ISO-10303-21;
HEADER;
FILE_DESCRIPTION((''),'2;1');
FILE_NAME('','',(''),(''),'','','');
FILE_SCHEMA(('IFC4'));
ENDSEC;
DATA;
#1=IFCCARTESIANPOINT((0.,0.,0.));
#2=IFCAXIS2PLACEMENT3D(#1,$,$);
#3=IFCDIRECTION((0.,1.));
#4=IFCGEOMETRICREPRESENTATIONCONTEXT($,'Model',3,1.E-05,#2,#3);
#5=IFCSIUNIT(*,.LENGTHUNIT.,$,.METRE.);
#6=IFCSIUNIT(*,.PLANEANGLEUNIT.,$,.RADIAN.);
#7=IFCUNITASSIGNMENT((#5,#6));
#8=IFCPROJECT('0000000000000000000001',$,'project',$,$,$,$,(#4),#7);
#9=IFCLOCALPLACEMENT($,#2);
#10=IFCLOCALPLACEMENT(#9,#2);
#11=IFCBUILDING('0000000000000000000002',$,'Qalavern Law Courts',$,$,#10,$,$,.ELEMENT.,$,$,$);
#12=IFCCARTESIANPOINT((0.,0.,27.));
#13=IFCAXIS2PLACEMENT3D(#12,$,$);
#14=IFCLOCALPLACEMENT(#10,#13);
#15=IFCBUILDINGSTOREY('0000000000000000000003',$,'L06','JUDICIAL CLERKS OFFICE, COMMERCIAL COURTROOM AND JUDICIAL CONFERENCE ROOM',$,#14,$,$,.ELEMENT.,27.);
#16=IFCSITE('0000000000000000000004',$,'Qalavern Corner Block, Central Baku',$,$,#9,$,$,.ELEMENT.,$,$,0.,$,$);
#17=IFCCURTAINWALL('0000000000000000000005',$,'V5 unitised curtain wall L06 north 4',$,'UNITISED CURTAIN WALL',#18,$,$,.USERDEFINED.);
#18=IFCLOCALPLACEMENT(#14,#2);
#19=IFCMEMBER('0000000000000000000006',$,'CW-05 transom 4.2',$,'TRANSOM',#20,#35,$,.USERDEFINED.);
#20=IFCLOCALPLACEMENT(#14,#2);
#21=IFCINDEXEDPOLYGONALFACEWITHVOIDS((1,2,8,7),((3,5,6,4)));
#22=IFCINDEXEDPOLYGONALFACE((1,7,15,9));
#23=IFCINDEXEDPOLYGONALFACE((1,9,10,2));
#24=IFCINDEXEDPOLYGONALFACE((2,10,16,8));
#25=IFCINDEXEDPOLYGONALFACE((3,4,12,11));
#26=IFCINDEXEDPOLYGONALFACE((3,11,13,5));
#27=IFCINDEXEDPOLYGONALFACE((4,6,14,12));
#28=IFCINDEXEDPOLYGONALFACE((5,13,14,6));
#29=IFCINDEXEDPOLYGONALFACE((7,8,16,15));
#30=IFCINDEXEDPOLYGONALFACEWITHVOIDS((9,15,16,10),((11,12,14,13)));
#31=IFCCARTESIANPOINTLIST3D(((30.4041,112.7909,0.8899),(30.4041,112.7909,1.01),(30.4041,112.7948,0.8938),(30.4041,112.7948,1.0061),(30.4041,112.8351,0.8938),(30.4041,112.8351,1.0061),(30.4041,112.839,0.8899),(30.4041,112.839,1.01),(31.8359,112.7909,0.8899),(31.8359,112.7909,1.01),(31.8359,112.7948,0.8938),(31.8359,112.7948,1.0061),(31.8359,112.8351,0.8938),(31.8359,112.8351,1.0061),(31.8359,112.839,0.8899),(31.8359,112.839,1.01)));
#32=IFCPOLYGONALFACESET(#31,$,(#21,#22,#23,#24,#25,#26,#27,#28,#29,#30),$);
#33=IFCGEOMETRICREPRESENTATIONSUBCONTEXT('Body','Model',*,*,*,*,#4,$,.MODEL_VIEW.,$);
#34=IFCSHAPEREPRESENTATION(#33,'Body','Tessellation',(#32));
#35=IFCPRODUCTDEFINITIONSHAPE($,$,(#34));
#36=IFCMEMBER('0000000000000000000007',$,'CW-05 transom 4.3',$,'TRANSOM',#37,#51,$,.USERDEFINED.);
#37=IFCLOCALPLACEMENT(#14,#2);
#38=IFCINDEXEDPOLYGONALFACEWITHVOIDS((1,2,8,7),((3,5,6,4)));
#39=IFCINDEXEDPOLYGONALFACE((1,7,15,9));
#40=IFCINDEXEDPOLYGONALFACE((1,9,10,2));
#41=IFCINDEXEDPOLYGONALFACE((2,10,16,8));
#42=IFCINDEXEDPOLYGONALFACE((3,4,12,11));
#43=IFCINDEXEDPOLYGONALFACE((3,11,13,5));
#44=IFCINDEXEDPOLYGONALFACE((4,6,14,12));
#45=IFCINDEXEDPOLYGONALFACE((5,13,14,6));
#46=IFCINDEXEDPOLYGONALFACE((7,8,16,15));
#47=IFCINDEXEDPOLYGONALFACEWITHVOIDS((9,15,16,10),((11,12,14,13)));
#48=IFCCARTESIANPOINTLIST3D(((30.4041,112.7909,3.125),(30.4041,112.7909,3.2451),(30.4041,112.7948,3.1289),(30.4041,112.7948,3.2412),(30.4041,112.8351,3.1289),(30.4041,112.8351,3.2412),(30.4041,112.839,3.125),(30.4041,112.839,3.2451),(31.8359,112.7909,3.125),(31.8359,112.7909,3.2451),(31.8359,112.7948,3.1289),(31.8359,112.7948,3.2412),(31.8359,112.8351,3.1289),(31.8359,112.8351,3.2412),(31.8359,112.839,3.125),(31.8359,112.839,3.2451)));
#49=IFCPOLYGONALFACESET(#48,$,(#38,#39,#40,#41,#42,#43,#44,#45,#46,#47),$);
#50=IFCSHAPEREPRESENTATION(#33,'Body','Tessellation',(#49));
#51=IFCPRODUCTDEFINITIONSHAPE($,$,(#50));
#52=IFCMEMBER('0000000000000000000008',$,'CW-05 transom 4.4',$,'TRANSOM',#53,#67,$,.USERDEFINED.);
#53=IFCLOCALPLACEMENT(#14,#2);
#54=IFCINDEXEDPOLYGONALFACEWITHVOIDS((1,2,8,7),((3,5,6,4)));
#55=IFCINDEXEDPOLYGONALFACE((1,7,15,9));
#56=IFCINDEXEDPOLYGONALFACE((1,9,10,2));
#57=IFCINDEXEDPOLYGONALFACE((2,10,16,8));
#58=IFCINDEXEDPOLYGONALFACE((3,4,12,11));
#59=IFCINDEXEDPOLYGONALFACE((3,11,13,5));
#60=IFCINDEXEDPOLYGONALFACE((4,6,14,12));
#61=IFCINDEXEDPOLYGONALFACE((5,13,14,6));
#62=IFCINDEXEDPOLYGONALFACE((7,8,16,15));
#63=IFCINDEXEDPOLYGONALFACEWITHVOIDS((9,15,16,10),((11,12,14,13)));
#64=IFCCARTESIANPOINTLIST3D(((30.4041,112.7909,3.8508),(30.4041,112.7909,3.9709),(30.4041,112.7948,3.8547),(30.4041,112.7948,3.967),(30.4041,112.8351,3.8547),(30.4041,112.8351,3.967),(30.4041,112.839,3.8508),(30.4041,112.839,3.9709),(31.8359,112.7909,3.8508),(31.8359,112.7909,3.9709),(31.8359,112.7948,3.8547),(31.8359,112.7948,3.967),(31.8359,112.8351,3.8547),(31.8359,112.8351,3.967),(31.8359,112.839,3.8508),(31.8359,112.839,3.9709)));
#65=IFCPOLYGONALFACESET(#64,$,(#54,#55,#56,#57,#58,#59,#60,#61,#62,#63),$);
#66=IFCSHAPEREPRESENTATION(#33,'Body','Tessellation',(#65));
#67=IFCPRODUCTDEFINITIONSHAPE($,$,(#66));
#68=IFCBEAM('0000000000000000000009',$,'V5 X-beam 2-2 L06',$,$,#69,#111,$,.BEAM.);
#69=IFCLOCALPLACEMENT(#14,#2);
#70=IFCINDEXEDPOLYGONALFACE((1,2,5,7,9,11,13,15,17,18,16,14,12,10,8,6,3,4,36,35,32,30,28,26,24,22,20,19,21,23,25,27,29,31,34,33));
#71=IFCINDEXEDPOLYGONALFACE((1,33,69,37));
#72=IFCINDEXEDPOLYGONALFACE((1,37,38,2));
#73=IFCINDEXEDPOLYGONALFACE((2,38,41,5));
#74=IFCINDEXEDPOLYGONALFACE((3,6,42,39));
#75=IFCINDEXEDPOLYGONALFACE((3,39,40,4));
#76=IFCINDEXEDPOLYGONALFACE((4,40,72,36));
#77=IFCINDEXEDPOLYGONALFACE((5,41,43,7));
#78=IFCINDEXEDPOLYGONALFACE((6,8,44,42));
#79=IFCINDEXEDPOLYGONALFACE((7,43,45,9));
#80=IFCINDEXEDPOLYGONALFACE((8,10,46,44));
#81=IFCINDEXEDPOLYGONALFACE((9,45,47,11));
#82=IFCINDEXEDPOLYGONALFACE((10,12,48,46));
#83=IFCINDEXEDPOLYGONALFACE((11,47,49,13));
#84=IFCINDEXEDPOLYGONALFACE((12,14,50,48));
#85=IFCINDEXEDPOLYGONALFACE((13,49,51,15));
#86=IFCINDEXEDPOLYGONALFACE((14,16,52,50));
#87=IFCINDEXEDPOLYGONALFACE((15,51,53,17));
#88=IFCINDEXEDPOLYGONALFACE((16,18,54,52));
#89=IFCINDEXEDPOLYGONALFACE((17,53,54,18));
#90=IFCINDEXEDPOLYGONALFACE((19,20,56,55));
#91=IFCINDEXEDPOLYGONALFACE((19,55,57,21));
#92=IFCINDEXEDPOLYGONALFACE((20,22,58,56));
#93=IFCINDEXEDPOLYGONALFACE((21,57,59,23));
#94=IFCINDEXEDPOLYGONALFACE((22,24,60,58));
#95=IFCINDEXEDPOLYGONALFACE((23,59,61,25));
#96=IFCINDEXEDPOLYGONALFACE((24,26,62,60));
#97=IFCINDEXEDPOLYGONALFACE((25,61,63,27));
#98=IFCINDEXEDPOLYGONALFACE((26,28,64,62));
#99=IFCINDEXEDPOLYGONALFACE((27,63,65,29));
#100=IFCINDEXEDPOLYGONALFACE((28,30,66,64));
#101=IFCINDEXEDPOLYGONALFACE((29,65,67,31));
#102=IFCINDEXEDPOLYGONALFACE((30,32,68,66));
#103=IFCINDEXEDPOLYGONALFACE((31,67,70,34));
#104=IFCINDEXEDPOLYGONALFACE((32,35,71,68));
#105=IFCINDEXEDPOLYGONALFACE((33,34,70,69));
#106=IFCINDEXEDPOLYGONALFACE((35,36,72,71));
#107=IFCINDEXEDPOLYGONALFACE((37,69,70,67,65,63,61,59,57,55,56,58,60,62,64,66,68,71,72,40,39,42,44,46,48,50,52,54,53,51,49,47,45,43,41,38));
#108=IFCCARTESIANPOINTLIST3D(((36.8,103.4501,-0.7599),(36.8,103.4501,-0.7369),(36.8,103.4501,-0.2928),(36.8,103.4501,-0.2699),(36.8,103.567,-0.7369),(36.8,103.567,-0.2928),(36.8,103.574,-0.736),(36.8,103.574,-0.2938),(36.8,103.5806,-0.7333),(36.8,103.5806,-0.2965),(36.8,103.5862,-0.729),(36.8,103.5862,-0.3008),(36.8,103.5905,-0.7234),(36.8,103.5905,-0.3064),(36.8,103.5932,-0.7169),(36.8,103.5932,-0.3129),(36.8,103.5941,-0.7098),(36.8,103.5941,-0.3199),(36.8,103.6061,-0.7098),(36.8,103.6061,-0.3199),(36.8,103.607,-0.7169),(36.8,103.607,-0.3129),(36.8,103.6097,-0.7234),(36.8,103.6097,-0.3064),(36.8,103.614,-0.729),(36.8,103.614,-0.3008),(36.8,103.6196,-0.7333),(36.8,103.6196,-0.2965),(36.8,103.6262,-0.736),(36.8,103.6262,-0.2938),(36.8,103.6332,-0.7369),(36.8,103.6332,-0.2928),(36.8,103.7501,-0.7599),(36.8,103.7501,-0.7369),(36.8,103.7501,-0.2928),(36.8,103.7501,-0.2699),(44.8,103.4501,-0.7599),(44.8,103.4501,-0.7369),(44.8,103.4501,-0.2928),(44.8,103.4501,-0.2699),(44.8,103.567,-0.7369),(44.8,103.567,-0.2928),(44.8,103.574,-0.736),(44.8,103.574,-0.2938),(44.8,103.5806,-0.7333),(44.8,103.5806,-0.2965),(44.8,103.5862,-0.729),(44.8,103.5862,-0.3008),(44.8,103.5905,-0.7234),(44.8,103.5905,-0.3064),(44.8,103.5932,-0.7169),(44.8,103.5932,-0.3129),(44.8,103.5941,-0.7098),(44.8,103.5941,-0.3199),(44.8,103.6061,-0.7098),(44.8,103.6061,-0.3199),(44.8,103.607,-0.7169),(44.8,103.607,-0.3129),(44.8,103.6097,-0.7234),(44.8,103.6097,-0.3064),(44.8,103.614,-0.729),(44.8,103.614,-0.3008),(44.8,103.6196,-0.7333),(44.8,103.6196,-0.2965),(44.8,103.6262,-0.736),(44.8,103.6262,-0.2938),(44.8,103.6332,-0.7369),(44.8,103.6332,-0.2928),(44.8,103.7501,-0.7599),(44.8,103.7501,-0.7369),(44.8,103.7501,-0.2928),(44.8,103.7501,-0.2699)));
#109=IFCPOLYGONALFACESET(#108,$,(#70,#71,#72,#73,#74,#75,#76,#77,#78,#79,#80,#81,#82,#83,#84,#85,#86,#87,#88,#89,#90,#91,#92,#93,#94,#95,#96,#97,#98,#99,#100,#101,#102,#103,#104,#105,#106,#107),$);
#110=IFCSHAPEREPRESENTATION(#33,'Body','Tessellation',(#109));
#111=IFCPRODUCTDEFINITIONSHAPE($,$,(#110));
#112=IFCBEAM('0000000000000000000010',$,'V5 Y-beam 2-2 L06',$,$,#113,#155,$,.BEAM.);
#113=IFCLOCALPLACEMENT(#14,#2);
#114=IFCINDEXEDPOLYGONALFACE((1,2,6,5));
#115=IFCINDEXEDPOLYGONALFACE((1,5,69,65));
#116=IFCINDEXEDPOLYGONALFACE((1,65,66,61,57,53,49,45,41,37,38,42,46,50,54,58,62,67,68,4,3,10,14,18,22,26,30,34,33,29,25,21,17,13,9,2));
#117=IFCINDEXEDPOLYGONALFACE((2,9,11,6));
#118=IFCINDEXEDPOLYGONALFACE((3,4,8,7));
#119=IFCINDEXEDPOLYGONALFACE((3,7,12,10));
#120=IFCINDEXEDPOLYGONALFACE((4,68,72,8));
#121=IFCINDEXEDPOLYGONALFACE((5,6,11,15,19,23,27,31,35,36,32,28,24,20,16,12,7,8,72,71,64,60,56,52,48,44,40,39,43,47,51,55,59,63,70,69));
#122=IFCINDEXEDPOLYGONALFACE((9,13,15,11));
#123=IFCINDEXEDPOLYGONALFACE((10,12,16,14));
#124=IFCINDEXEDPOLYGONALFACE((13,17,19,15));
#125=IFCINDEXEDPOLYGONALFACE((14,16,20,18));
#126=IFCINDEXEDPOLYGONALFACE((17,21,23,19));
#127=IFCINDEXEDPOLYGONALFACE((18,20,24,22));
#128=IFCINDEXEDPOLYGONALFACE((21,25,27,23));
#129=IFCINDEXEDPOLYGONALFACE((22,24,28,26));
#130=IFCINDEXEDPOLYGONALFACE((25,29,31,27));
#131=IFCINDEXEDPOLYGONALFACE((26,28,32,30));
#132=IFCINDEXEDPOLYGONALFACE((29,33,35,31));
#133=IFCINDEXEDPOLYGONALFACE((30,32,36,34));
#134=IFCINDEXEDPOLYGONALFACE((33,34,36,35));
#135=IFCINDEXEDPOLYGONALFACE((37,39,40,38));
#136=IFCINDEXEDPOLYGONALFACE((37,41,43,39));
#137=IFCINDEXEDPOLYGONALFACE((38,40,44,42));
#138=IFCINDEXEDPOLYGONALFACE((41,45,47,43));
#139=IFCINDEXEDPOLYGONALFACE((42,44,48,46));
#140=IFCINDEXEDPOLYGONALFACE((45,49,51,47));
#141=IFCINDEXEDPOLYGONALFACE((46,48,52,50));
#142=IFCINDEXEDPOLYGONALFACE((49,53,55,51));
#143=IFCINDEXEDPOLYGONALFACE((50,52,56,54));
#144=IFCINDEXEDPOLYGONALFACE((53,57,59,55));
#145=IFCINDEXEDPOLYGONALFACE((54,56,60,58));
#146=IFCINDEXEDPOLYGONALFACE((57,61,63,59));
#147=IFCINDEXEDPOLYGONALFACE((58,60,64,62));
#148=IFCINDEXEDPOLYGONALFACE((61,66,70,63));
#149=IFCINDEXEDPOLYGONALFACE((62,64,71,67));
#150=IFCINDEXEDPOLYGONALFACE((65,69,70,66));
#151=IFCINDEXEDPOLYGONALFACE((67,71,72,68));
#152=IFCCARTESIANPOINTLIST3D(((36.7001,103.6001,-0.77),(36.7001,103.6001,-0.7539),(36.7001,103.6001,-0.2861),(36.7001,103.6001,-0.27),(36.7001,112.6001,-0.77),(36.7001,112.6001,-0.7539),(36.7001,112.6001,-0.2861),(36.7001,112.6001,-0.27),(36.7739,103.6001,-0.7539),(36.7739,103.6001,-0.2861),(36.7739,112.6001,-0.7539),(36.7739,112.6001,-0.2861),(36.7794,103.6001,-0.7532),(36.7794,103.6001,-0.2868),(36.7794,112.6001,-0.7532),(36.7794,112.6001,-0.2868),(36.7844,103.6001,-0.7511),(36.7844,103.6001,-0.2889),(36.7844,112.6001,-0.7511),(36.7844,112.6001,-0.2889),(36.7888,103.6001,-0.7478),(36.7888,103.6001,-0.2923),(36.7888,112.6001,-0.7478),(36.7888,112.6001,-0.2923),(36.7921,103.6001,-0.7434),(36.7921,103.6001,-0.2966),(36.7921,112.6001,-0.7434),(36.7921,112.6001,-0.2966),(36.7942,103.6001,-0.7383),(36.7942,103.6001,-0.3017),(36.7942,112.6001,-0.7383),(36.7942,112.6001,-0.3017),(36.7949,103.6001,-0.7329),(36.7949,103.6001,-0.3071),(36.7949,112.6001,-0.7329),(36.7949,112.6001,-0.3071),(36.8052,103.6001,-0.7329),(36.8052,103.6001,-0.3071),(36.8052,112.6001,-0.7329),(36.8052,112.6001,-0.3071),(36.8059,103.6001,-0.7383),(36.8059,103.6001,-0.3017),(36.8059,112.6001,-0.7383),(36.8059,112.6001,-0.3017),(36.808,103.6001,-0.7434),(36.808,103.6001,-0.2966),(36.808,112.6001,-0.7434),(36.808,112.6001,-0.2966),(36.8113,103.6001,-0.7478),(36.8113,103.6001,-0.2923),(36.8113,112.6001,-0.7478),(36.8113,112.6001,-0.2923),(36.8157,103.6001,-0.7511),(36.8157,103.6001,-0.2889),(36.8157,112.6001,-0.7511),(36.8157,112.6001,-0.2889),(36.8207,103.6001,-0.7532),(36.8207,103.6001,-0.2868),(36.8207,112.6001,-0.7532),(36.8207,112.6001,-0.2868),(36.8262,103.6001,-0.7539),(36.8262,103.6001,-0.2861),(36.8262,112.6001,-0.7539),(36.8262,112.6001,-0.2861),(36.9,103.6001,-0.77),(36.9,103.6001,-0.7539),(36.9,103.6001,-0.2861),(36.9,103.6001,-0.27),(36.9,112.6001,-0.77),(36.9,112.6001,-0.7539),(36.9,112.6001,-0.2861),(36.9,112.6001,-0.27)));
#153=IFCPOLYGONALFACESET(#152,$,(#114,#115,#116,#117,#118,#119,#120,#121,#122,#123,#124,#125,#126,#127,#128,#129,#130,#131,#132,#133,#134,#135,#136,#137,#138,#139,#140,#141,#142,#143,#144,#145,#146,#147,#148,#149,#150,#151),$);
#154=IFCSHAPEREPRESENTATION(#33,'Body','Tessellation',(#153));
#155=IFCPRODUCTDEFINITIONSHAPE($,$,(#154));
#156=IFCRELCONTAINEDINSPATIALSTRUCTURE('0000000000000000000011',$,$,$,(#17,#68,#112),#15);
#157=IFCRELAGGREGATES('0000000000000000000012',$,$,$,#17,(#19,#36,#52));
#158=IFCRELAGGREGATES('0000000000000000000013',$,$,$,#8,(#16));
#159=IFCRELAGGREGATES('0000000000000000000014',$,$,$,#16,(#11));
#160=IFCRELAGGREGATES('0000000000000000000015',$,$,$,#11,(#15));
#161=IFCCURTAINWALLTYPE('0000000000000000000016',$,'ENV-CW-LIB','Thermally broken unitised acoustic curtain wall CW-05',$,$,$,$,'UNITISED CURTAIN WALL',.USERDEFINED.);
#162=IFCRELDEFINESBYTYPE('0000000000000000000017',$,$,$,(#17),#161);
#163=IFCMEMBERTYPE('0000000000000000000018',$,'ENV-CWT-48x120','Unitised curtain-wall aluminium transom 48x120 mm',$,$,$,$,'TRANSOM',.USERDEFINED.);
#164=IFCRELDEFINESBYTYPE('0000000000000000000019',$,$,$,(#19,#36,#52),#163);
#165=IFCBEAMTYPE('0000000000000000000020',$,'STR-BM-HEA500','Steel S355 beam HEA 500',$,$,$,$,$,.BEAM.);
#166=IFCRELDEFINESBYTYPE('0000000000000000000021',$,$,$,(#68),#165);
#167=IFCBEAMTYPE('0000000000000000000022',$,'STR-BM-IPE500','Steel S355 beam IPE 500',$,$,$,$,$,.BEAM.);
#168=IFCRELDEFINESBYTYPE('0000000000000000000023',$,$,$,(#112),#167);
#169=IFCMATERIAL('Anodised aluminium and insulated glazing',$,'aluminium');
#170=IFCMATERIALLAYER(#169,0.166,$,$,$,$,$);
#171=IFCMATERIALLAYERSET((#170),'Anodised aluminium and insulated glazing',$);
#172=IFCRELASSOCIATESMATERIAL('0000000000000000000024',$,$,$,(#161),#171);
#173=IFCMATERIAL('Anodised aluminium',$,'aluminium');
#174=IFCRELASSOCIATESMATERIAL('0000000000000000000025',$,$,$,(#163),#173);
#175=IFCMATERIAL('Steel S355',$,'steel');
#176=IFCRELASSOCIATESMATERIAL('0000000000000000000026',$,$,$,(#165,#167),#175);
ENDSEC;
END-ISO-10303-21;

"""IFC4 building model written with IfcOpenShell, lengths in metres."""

from ifc_helpers import new_model, si_unit, direction, frame, origin, origin_2d, place, context, subcontext, project, spatial, hollow_rectangle, i_section, extrude, material, layer, layer_set, material_profile, profile_set, type_object, element, aggregate, save


model = new_model("IFC4")

# Units and contexts
model_context = context("Model", 3, precision=1e-05, world=origin(), true_north=direction((0.0, 1.0)))
body_context = subcontext(model_context, "Body", "Model", "MODEL_VIEW")
ifc_project = project(units=[si_unit("LENGTHUNIT", "METRE"), si_unit("PLANEANGLEUNIT", "RADIAN")], contexts=[model_context])

# Site, building, storey
site_placement = place(None, origin())
site = spatial("IfcSite", under=ifc_project, at=site_placement, Name="Qalavern Corner Block, Central Baku", CompositionType="ELEMENT", RefElevation=0.0)
building_placement = place(site_placement, origin())
building = spatial("IfcBuilding", under=site, at=building_placement, Name="Qalavern Law Courts", CompositionType="ELEMENT")
storey_placement = place(building_placement, frame((0.0, 0.0, 27.0)))
storey = spatial("IfcBuildingStorey", under=building, at=storey_placement, Name="L06", Description="JUDICIAL CLERKS OFFICE, COMMERCIAL COURTROOM AND JUDICIAL CONFERENCE ROOM", CompositionType="ELEMENT", Elevation=27.0)

# Curtain wall, members
ifc_material_1 = material(Name="Anodised aluminium and insulated glazing", Category="aluminium")
ifc_layer_1 = layer(ifc_material_1, 0.166)
ifc_layer_set_1 = layer_set([ifc_layer_1], Name="Anodised aluminium and insulated glazing")
curtain_wall_type = type_object("IfcCurtainWallType", Name="ENV-CW-LIB", Description="Thermally broken unitised acoustic curtain wall CW-05", ElementType="UNITISED CURTAIN WALL", PredefinedType="USERDEFINED", material=ifc_layer_set_1)
curtain_wall_placement = place(storey_placement, origin())
curtain_wall = element("IfcCurtainWall", 1, at=curtain_wall_placement, inside=storey, type_object=curtain_wall_type, Name="V5 unitised curtain wall L06 north 4", ObjectType="UNITISED CURTAIN WALL", PredefinedType="USERDEFINED")
ifc_material_2 = material(Name="Anodised aluminium", Category="aluminium")
ifc_material_profile_1 = material_profile(ifc_material_2, hollow_rectangle(XDim=0.0481, YDim=0.1201, WallThickness=0.0039, at=origin_2d()), Name="ALU TRANSOM 48x120")
ifc_profile_set_1 = profile_set([ifc_material_profile_1], Name="Anodised aluminium")
member_type_1 = type_object("IfcMemberType", Name="ENV-CWT-48x120", Description="Unitised curtain-wall aluminium transom 48x120 mm", ElementType="TRANSOM", PredefinedType="USERDEFINED", material=ifc_profile_set_1)
member_1_placement = place(storey_placement, frame((31.8359, 112.8149, 0.95), z_axis=(-1.0, 0.0, 0.0), x_axis=(0.0, -1.0, 0.0)))
member_1 = element("IfcMember", 2, at=member_1_placement, type_object=member_type_1, Name="CW-05 transom 4.2", ObjectType="TRANSOM", PredefinedType="USERDEFINED", context=body_context, shape_type="SweptSolid", body=[
    extrude(hollow_rectangle(XDim=0.0481, YDim=0.1201, WallThickness=0.0039, at=origin_2d()), origin(), (0.0, 0.0, 1.0), 1.4319),
])
member_2_placement = place(storey_placement, frame((31.8359, 112.8149, 3.1851), z_axis=(-1.0, 0.0, 0.0), x_axis=(0.0, -1.0, 0.0)))
member_2 = element("IfcMember", 3, at=member_2_placement, type_object=member_type_1, Name="CW-05 transom 4.3", ObjectType="TRANSOM", PredefinedType="USERDEFINED", context=body_context, shape_type="SweptSolid", body=[
    extrude(hollow_rectangle(XDim=0.0481, YDim=0.1201, WallThickness=0.0039, at=origin_2d()), origin(), (0.0, 0.0, 1.0), 1.4319),
])
member_3_placement = place(storey_placement, frame((31.8359, 112.8149, 3.9109), z_axis=(-1.0, 0.0, 0.0), x_axis=(0.0, -1.0, 0.0)))
member_3 = element("IfcMember", 4, at=member_3_placement, type_object=member_type_1, Name="CW-05 transom 4.4", ObjectType="TRANSOM", PredefinedType="USERDEFINED", context=body_context, shape_type="SweptSolid", body=[
    extrude(hollow_rectangle(XDim=0.0481, YDim=0.1201, WallThickness=0.0039, at=origin_2d()), origin(), (0.0, 0.0, 1.0), 1.4319),
])

# Beams
ifc_material_3 = material(Name="Steel S355", Category="steel")
ifc_material_profile_2 = material_profile(ifc_material_3, i_section(OverallWidth=0.3, OverallDepth=0.49, WebThickness=0.012, FlangeThickness=0.0229, FilletRadius=0.0271, at=origin_2d()), Name="HEA 500")
ifc_profile_set_2 = profile_set([ifc_material_profile_2], Name="Steel S355")
beam_type_1 = type_object("IfcBeamType", Name="STR-BM-HEA500", Description="Steel S355 beam HEA 500", PredefinedType="BEAM", material=ifc_profile_set_2)
beam_1_placement = place(storey_placement, frame((36.8, 103.6001, -0.5149), z_axis=(1.0, 0.0, 0.0), x_axis=(0.0, 1.0, 0.0)))
element("IfcBeam", 5, at=beam_1_placement, inside=storey, type_object=beam_type_1, Name="V5 X-beam 2-2 L06", PredefinedType="BEAM", context=body_context, shape_type="SweptSolid", body=[
    extrude(i_section(OverallWidth=0.3, OverallDepth=0.49, WebThickness=0.012, FlangeThickness=0.0229, FilletRadius=0.0271, at=origin_2d()), origin(), (0.0, 0.0, 1.0), 8.0),
])
ifc_material_profile_3 = material_profile(ifc_material_3, i_section(OverallWidth=0.2, OverallDepth=0.5, WebThickness=0.0103, FlangeThickness=0.0161, FilletRadius=0.021, at=origin_2d()), Name="IPE 500")
ifc_profile_set_3 = profile_set([ifc_material_profile_3], Name="Steel S355")
beam_type_2 = type_object("IfcBeamType", Name="STR-BM-IPE500", Description="Steel S355 beam IPE 500", PredefinedType="BEAM", material=ifc_profile_set_3)
beam_2_placement = place(storey_placement, frame((36.8, 103.6001, -0.52), z_axis=(0.0, 1.0, 0.0), x_axis=(-1.0, 0.0, 0.0)))
element("IfcBeam", 6, at=beam_2_placement, inside=storey, type_object=beam_type_2, Name="V5 Y-beam 2-2 L06", PredefinedType="BEAM", context=body_context, shape_type="SweptSolid", body=[
    extrude(i_section(OverallWidth=0.2, OverallDepth=0.5, WebThickness=0.0103, FlangeThickness=0.0161, FilletRadius=0.021, at=origin_2d()), origin(), (0.0, 0.0, 1.0), 9.0),
])

aggregate(curtain_wall, [member_1, member_2, member_3])

save(model, "model.ifc")
